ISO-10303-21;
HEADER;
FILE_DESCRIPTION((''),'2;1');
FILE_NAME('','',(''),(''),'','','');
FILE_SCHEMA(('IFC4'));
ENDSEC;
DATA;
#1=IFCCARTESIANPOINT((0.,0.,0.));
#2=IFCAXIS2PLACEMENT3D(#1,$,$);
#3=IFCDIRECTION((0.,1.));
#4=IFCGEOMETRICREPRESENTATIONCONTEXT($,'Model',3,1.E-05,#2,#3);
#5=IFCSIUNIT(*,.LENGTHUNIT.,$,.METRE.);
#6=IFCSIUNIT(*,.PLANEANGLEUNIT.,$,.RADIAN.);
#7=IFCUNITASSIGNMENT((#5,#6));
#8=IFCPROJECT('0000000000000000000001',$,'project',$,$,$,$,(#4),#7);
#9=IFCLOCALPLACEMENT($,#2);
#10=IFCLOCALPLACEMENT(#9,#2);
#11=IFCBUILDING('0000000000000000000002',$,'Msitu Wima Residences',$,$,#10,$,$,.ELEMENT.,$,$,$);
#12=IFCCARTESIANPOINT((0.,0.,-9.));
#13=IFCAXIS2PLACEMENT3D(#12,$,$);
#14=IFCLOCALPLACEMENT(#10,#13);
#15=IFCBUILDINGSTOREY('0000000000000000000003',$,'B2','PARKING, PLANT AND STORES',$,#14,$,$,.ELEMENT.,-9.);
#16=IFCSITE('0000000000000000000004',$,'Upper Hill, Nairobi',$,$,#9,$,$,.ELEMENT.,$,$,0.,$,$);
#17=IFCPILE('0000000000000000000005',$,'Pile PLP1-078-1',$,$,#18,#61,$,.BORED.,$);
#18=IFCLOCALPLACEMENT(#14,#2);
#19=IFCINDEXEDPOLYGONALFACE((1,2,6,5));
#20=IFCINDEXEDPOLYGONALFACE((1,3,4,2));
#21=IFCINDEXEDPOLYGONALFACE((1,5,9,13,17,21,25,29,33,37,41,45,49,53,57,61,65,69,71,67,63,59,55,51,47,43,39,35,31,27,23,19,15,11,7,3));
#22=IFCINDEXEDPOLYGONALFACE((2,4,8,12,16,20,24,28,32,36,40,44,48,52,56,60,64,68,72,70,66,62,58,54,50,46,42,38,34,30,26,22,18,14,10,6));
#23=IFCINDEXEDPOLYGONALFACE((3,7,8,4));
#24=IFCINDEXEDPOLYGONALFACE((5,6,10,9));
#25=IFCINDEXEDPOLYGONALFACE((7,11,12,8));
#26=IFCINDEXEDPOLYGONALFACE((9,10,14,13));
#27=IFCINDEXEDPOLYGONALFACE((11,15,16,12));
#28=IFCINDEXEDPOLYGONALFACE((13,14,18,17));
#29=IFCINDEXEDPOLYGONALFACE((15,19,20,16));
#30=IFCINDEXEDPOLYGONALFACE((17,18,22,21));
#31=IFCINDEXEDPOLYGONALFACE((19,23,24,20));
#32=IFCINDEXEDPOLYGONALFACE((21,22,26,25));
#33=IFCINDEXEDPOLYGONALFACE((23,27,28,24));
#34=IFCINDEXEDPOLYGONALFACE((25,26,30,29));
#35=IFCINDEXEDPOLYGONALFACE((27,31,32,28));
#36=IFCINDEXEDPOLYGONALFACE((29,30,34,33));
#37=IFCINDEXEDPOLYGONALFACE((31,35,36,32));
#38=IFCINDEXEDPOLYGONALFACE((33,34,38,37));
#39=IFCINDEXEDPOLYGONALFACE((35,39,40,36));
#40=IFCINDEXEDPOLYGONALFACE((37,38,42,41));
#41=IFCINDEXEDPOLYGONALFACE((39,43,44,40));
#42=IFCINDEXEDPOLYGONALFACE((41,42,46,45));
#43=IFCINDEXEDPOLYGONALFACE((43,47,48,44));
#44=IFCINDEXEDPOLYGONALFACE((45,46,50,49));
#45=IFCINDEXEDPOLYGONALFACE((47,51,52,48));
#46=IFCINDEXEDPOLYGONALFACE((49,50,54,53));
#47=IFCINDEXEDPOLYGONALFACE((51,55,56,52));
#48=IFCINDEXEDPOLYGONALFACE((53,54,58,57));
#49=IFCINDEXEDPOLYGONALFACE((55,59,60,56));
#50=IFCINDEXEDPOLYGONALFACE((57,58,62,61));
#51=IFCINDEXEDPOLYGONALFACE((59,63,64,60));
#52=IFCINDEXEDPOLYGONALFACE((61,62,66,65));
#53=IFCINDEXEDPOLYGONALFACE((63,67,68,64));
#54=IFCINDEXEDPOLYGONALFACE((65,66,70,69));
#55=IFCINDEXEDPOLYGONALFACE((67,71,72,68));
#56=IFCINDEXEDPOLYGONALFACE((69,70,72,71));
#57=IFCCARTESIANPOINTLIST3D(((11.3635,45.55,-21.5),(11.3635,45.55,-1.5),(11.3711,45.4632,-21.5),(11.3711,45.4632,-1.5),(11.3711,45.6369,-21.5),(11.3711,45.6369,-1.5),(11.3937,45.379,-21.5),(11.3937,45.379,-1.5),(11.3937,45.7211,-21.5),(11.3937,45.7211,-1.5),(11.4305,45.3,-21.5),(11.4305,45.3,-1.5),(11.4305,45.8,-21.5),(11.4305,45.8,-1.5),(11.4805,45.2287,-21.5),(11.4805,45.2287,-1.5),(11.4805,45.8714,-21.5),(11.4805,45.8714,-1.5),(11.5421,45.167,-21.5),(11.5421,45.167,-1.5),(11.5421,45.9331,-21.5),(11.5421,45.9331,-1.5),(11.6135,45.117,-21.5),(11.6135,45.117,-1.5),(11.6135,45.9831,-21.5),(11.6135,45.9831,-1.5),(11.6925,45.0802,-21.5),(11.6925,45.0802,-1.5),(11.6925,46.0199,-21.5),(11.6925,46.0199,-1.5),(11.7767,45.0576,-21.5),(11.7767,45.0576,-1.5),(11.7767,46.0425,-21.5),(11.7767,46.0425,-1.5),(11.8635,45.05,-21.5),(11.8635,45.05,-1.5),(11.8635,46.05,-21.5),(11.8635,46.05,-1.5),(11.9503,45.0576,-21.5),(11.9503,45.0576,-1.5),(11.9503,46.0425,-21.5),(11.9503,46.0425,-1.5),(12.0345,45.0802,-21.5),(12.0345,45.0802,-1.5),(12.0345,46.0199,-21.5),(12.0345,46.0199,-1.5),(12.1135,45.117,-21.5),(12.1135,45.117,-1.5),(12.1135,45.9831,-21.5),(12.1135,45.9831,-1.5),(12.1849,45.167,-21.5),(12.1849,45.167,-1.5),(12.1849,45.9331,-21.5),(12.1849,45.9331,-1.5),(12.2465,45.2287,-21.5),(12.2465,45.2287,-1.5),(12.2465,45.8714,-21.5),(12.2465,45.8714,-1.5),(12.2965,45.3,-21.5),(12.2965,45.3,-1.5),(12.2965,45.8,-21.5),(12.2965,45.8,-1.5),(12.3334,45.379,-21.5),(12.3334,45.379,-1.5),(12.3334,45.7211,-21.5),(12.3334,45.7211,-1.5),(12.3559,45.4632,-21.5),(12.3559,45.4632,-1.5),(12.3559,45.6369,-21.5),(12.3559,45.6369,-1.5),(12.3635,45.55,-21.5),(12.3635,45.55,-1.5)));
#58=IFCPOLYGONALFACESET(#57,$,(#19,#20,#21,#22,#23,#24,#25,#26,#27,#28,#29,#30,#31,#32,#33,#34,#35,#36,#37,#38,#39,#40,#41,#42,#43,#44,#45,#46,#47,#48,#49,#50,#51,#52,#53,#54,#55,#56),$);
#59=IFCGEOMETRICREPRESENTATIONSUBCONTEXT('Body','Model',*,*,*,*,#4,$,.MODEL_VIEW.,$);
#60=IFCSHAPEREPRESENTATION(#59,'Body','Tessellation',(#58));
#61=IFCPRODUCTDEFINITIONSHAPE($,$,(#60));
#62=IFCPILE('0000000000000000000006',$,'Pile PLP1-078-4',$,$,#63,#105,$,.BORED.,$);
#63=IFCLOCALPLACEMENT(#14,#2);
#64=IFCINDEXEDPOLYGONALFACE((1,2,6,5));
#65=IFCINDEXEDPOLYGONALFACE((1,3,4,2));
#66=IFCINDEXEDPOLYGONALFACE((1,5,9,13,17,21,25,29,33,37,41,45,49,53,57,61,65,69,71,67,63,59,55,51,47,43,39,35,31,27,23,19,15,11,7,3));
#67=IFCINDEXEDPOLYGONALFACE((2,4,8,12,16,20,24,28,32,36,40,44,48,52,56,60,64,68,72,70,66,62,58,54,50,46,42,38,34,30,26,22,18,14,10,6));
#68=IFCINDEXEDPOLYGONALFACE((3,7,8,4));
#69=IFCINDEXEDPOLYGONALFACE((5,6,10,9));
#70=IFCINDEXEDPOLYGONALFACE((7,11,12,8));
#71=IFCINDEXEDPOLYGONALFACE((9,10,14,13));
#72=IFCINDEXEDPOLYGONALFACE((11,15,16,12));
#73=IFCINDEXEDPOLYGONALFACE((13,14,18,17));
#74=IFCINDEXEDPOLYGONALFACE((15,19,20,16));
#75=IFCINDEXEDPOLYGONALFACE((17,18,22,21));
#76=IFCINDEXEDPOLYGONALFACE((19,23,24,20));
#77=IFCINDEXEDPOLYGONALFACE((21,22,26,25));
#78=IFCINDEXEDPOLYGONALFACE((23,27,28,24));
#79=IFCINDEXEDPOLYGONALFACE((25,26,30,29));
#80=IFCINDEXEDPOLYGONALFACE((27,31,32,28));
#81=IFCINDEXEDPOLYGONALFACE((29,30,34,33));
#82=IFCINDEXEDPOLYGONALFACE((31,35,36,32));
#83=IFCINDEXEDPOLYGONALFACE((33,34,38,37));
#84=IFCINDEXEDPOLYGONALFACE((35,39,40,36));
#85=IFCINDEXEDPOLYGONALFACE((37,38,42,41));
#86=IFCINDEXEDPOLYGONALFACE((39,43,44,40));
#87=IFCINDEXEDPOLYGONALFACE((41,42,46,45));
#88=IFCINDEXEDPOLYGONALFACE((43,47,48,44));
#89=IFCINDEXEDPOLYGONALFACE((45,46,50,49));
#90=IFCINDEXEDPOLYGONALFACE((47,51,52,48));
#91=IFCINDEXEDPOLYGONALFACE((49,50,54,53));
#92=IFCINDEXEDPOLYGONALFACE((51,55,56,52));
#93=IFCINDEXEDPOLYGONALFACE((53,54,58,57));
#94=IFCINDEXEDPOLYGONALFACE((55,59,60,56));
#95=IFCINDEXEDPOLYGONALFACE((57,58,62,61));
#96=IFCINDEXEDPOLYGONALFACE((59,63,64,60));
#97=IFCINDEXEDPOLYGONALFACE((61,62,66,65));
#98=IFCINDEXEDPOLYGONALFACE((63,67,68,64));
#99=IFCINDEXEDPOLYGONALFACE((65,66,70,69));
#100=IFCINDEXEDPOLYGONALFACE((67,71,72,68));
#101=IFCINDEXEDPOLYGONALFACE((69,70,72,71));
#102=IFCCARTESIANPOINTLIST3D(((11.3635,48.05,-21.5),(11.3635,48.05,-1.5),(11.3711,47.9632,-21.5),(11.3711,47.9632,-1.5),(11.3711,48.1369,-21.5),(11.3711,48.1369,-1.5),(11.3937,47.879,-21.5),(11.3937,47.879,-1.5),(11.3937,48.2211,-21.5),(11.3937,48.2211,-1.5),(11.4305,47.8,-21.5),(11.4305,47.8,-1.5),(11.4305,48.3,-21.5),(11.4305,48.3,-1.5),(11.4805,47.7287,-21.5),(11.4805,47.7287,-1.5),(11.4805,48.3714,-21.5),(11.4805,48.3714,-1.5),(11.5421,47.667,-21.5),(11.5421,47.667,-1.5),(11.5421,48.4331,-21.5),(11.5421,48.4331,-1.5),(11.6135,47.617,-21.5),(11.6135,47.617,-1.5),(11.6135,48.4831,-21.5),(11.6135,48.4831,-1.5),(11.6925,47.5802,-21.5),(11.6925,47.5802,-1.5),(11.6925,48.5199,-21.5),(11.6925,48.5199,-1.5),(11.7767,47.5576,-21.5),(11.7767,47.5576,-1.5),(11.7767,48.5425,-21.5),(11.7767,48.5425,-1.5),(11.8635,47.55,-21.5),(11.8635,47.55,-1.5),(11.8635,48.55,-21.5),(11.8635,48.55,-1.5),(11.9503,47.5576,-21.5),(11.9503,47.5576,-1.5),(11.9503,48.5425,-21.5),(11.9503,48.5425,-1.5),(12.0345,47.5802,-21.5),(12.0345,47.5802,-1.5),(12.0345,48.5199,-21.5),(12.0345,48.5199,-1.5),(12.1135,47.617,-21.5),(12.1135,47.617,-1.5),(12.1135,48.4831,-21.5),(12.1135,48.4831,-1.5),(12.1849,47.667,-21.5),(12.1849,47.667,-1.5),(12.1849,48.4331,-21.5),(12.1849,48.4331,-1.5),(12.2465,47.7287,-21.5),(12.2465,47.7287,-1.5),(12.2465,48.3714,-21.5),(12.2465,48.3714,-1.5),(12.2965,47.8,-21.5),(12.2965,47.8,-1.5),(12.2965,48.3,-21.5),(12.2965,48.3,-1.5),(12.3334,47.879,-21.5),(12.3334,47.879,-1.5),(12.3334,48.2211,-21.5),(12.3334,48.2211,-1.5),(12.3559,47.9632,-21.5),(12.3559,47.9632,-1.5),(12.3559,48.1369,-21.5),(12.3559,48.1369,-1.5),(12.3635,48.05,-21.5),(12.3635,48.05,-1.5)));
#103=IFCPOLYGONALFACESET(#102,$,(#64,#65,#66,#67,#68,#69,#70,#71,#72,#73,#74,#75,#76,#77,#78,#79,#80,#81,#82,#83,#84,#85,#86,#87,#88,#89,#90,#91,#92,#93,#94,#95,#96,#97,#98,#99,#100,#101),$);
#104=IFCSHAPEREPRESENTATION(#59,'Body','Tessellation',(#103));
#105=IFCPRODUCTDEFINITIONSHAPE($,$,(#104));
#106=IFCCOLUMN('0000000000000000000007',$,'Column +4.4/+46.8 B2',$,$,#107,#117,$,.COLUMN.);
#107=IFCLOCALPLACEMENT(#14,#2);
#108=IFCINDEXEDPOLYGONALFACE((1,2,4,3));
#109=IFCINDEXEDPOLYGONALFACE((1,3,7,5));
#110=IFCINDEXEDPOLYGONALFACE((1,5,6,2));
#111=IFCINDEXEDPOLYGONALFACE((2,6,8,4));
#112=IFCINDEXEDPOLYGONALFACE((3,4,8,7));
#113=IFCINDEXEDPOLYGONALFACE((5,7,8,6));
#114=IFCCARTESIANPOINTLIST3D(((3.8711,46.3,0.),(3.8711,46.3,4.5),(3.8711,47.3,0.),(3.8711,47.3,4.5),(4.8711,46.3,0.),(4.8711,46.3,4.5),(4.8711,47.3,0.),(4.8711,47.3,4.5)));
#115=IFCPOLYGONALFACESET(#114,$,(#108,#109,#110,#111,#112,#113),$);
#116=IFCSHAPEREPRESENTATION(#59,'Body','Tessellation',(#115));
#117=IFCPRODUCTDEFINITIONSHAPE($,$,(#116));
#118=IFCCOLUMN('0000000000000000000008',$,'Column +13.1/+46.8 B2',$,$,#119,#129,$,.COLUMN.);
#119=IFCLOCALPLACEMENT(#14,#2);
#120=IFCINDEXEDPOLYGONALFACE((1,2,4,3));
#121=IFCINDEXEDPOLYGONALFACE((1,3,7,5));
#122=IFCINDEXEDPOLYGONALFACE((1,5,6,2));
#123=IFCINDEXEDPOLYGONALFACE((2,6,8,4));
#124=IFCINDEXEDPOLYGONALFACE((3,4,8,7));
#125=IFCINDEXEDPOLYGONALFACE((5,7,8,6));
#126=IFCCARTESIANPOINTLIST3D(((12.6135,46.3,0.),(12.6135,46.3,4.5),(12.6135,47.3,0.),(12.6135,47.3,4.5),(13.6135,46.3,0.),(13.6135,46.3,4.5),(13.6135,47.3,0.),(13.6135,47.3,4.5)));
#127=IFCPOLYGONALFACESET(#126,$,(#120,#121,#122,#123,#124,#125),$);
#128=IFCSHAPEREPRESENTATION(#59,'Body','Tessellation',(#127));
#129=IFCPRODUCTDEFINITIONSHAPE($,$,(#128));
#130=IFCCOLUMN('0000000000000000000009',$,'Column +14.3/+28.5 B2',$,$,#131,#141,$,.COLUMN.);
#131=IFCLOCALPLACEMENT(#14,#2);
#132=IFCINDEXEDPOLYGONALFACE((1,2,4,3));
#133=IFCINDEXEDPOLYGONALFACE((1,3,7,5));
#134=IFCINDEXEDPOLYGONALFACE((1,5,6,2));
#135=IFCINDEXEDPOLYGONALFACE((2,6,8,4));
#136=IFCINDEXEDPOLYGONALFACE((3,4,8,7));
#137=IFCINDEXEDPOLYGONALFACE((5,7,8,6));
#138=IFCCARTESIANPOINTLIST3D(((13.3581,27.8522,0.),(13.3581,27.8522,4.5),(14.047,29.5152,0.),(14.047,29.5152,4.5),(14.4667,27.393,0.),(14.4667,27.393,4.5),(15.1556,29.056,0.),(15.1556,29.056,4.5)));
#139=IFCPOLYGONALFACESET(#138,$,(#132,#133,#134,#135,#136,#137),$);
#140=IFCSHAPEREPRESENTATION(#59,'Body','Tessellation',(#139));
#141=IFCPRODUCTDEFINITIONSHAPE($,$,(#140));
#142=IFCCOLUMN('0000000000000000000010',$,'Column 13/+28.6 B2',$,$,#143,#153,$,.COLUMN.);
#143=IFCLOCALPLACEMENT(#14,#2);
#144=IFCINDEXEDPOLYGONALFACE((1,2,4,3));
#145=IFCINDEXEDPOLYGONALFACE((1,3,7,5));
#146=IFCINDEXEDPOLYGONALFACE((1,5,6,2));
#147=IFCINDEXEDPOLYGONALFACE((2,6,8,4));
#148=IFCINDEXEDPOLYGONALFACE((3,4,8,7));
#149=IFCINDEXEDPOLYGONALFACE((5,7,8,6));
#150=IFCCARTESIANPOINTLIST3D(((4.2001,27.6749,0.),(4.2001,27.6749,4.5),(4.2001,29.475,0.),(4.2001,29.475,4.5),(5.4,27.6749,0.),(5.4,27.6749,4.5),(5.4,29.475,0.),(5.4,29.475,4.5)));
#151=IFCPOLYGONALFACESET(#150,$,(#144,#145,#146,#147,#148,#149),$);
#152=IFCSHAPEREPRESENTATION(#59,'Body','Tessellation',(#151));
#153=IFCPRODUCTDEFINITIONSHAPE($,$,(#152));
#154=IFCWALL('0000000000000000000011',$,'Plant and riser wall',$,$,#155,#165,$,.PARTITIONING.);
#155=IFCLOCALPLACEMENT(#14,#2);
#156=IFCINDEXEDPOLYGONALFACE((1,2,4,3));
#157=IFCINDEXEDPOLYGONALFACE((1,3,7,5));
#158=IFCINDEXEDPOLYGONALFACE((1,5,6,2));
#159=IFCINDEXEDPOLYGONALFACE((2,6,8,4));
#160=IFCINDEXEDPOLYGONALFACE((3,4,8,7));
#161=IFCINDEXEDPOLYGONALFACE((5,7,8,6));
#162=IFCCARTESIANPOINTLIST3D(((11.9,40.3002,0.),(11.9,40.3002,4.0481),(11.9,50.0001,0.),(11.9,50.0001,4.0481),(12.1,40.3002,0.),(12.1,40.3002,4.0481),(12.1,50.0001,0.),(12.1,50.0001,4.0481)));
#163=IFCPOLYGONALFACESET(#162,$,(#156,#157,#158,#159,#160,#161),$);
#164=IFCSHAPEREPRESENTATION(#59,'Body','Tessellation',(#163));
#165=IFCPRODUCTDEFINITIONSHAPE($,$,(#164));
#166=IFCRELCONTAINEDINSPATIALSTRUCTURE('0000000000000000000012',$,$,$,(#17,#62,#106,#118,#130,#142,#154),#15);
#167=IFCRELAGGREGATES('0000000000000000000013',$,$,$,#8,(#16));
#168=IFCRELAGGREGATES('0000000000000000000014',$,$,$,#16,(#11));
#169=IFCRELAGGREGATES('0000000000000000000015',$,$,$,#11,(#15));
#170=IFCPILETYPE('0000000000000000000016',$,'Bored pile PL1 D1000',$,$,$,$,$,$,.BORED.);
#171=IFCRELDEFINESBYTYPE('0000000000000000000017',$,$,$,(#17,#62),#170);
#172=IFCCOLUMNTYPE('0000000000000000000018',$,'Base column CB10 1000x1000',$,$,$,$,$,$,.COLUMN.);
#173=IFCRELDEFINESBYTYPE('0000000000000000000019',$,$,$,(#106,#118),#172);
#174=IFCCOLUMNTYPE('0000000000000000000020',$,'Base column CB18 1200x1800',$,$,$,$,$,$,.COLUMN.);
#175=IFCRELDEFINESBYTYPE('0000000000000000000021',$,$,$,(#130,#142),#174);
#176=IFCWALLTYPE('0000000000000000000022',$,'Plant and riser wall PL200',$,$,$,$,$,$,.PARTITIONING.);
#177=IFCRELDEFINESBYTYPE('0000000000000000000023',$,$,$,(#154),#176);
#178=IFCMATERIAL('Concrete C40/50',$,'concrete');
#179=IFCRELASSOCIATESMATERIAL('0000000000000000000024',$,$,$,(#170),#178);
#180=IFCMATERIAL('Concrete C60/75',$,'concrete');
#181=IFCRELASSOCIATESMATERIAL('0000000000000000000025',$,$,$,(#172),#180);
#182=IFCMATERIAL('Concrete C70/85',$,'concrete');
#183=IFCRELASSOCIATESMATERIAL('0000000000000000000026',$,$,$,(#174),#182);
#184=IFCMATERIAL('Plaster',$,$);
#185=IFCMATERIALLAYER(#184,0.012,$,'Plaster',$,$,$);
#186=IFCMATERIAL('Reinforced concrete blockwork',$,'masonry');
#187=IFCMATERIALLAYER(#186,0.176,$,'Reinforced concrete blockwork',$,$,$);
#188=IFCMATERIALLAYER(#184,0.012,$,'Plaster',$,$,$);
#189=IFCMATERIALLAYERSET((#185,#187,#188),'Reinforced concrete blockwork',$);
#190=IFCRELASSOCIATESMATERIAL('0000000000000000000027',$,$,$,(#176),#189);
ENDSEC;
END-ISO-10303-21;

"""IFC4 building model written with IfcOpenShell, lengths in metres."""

from ifc_helpers import new_model, si_unit, direction, frame, frame_2d, origin, origin_2d, place, context, subcontext, project, spatial, rectangle, circle, extrude, material, layer, layer_set, material_profile, profile_set, type_object, element, save


model = new_model("IFC4")

# Units and contexts
model_context = context("Model", 3, precision=1e-05, world=origin(), true_north=direction((0.0, 1.0)))
body_context = subcontext(model_context, "Body", "Model", "MODEL_VIEW")
ifc_project = project(units=[si_unit("LENGTHUNIT", "METRE"), si_unit("PLANEANGLEUNIT", "RADIAN")], contexts=[model_context])

# Site, building, storey
site_placement = place(None, origin())
site = spatial("IfcSite", under=ifc_project, at=site_placement, Name="Upper Hill, Nairobi", CompositionType="ELEMENT", RefElevation=0.0)
building_placement = place(site_placement, origin())
building = spatial("IfcBuilding", under=site, at=building_placement, Name="Msitu Wima Residences", CompositionType="ELEMENT")
storey_placement = place(building_placement, frame((0.0, 0.0, -9.0)))
storey = spatial("IfcBuildingStorey", under=building, at=storey_placement, Name="B2", Description="PARKING, PLANT AND STORES", CompositionType="ELEMENT", Elevation=-9.0)

# Piles
ifc_material_1 = material(Name="Concrete C40/50", Category="concrete")
pile_type_1 = type_object("IfcPileType", Name="Bored pile PL1 D1000", PredefinedType="BORED", material=ifc_material_1)
for number, where, z_axis, x_axis, name in (
    (1, (11.8635, 45.55, -1.5), (0.0, 0.0, -1.0), (1.0, 0.0, 0.0), "Pile PLP1-078-1"),
    (2, (11.8635, 48.05, -1.5), (0.0, 0.0, -1.0), (1.0, 0.0, 0.0), "Pile PLP1-078-4"),
):
    element("IfcPile", number, at=place(storey_placement, frame(where, z_axis=z_axis, x_axis=x_axis)), inside=storey, type_object=pile_type_1, Name=name, PredefinedType="BORED", context=body_context, shape_type="SweptSolid", body=[
        extrude(circle(Radius=0.5, at=origin_2d()), origin(), (0.0, 0.0, 1.0), 20.0),
    ])

# Columns
ifc_material_2 = material(Name="Concrete C60/75", Category="concrete")
ifc_material_profile_1 = material_profile(ifc_material_2, rectangle(XDim=1.0, YDim=1.0, at=origin_2d()), Name="RC 1000x1000")
ifc_profile_set_1 = profile_set([ifc_material_profile_1], Name="Concrete C60/75")
column_type_1 = type_object("IfcColumnType", Name="Base column CB10 1000x1000", PredefinedType="COLUMN", material=ifc_profile_set_1)
for number, where, z_axis, x_axis, name in (
    (3, (4.3711, 46.8, 0.0), (0.0, 0.0, 1.0), (1.0, 0.0, 0.0), "Column +4.4/+46.8 B2"),
    (4, (13.1135, 46.8, 0.0), (0.0, 0.0, 1.0), (1.0, 0.0, 0.0), "Column +13.1/+46.8 B2"),
):
    element("IfcColumn", number, at=place(storey_placement, frame(where, z_axis=z_axis, x_axis=x_axis)), inside=storey, type_object=column_type_1, Name=name, PredefinedType="COLUMN", context=body_context, shape_type="SweptSolid", body=[
        extrude(rectangle(XDim=1.0, YDim=1.0, at=origin_2d()), origin(), (0.0, 0.0, 1.0), 4.5),
    ])
ifc_material_3 = material(Name="Concrete C70/85", Category="concrete")
ifc_material_profile_2 = material_profile(ifc_material_3, rectangle(XDim=1.2, YDim=1.8, at=origin_2d()), Name="RC 1200x1800")
ifc_profile_set_2 = profile_set([ifc_material_profile_2], Name="Concrete C70/85")
column_type_2 = type_object("IfcColumnType", Name="Base column CB18 1200x1800", PredefinedType="COLUMN", material=ifc_profile_set_2)
for number, where, z_axis, x_axis, name in (
    (5, (14.2568, 28.4541, 0.0), (0.0, 0.0, 1.0), (-0.92388, 0.382683, 0.0), "Column +14.3/+28.5 B2"),
    (6, (4.8, 28.575, 0.0), (0.0, 0.0, 1.0), (-1.0, 0.0, 0.0), "Column 13/+28.6 B2"),
):
    element("IfcColumn", number, at=place(storey_placement, frame(where, z_axis=z_axis, x_axis=x_axis)), inside=storey, type_object=column_type_2, Name=name, PredefinedType="COLUMN", context=body_context, shape_type="SweptSolid", body=[
        extrude(rectangle(XDim=1.2, YDim=1.8, at=origin_2d()), origin(), (0.0, 0.0, 1.0), 4.5),
    ])

# Wall
ifc_material_4 = material(Name="Plaster")
ifc_layer_1 = layer(ifc_material_4, 0.012, Name="Plaster")
ifc_material_5 = material(Name="Reinforced concrete blockwork", Category="masonry")
ifc_layer_2 = layer(ifc_material_5, 0.176, Name="Reinforced concrete blockwork")
ifc_layer_3 = layer(ifc_material_4, 0.012, Name="Plaster")
ifc_layer_set = layer_set([ifc_layer_1, ifc_layer_2, ifc_layer_3], Name="Reinforced concrete blockwork")
wall_type = type_object("IfcWallType", Name="Plant and riser wall PL200", PredefinedType="PARTITIONING", material=ifc_layer_set)
wall_placement = place(storey_placement, frame((12.0, 40.3, 0.0), z_axis=(0.0, 0.0, 1.0), x_axis=(0.0, 1.0, 0.0)))
element("IfcWall", 7, at=wall_placement, inside=storey, type_object=wall_type, Name="Plant and riser wall", PredefinedType="PARTITIONING", context=body_context, shape_type="SweptSolid", body=[
    extrude(rectangle(XDim=9.7, YDim=0.2, at=frame_2d((4.8501, 0.0))), origin(), (0.0, 0.0, 1.0), 4.0481),
])

save(model, "model.ifc")
